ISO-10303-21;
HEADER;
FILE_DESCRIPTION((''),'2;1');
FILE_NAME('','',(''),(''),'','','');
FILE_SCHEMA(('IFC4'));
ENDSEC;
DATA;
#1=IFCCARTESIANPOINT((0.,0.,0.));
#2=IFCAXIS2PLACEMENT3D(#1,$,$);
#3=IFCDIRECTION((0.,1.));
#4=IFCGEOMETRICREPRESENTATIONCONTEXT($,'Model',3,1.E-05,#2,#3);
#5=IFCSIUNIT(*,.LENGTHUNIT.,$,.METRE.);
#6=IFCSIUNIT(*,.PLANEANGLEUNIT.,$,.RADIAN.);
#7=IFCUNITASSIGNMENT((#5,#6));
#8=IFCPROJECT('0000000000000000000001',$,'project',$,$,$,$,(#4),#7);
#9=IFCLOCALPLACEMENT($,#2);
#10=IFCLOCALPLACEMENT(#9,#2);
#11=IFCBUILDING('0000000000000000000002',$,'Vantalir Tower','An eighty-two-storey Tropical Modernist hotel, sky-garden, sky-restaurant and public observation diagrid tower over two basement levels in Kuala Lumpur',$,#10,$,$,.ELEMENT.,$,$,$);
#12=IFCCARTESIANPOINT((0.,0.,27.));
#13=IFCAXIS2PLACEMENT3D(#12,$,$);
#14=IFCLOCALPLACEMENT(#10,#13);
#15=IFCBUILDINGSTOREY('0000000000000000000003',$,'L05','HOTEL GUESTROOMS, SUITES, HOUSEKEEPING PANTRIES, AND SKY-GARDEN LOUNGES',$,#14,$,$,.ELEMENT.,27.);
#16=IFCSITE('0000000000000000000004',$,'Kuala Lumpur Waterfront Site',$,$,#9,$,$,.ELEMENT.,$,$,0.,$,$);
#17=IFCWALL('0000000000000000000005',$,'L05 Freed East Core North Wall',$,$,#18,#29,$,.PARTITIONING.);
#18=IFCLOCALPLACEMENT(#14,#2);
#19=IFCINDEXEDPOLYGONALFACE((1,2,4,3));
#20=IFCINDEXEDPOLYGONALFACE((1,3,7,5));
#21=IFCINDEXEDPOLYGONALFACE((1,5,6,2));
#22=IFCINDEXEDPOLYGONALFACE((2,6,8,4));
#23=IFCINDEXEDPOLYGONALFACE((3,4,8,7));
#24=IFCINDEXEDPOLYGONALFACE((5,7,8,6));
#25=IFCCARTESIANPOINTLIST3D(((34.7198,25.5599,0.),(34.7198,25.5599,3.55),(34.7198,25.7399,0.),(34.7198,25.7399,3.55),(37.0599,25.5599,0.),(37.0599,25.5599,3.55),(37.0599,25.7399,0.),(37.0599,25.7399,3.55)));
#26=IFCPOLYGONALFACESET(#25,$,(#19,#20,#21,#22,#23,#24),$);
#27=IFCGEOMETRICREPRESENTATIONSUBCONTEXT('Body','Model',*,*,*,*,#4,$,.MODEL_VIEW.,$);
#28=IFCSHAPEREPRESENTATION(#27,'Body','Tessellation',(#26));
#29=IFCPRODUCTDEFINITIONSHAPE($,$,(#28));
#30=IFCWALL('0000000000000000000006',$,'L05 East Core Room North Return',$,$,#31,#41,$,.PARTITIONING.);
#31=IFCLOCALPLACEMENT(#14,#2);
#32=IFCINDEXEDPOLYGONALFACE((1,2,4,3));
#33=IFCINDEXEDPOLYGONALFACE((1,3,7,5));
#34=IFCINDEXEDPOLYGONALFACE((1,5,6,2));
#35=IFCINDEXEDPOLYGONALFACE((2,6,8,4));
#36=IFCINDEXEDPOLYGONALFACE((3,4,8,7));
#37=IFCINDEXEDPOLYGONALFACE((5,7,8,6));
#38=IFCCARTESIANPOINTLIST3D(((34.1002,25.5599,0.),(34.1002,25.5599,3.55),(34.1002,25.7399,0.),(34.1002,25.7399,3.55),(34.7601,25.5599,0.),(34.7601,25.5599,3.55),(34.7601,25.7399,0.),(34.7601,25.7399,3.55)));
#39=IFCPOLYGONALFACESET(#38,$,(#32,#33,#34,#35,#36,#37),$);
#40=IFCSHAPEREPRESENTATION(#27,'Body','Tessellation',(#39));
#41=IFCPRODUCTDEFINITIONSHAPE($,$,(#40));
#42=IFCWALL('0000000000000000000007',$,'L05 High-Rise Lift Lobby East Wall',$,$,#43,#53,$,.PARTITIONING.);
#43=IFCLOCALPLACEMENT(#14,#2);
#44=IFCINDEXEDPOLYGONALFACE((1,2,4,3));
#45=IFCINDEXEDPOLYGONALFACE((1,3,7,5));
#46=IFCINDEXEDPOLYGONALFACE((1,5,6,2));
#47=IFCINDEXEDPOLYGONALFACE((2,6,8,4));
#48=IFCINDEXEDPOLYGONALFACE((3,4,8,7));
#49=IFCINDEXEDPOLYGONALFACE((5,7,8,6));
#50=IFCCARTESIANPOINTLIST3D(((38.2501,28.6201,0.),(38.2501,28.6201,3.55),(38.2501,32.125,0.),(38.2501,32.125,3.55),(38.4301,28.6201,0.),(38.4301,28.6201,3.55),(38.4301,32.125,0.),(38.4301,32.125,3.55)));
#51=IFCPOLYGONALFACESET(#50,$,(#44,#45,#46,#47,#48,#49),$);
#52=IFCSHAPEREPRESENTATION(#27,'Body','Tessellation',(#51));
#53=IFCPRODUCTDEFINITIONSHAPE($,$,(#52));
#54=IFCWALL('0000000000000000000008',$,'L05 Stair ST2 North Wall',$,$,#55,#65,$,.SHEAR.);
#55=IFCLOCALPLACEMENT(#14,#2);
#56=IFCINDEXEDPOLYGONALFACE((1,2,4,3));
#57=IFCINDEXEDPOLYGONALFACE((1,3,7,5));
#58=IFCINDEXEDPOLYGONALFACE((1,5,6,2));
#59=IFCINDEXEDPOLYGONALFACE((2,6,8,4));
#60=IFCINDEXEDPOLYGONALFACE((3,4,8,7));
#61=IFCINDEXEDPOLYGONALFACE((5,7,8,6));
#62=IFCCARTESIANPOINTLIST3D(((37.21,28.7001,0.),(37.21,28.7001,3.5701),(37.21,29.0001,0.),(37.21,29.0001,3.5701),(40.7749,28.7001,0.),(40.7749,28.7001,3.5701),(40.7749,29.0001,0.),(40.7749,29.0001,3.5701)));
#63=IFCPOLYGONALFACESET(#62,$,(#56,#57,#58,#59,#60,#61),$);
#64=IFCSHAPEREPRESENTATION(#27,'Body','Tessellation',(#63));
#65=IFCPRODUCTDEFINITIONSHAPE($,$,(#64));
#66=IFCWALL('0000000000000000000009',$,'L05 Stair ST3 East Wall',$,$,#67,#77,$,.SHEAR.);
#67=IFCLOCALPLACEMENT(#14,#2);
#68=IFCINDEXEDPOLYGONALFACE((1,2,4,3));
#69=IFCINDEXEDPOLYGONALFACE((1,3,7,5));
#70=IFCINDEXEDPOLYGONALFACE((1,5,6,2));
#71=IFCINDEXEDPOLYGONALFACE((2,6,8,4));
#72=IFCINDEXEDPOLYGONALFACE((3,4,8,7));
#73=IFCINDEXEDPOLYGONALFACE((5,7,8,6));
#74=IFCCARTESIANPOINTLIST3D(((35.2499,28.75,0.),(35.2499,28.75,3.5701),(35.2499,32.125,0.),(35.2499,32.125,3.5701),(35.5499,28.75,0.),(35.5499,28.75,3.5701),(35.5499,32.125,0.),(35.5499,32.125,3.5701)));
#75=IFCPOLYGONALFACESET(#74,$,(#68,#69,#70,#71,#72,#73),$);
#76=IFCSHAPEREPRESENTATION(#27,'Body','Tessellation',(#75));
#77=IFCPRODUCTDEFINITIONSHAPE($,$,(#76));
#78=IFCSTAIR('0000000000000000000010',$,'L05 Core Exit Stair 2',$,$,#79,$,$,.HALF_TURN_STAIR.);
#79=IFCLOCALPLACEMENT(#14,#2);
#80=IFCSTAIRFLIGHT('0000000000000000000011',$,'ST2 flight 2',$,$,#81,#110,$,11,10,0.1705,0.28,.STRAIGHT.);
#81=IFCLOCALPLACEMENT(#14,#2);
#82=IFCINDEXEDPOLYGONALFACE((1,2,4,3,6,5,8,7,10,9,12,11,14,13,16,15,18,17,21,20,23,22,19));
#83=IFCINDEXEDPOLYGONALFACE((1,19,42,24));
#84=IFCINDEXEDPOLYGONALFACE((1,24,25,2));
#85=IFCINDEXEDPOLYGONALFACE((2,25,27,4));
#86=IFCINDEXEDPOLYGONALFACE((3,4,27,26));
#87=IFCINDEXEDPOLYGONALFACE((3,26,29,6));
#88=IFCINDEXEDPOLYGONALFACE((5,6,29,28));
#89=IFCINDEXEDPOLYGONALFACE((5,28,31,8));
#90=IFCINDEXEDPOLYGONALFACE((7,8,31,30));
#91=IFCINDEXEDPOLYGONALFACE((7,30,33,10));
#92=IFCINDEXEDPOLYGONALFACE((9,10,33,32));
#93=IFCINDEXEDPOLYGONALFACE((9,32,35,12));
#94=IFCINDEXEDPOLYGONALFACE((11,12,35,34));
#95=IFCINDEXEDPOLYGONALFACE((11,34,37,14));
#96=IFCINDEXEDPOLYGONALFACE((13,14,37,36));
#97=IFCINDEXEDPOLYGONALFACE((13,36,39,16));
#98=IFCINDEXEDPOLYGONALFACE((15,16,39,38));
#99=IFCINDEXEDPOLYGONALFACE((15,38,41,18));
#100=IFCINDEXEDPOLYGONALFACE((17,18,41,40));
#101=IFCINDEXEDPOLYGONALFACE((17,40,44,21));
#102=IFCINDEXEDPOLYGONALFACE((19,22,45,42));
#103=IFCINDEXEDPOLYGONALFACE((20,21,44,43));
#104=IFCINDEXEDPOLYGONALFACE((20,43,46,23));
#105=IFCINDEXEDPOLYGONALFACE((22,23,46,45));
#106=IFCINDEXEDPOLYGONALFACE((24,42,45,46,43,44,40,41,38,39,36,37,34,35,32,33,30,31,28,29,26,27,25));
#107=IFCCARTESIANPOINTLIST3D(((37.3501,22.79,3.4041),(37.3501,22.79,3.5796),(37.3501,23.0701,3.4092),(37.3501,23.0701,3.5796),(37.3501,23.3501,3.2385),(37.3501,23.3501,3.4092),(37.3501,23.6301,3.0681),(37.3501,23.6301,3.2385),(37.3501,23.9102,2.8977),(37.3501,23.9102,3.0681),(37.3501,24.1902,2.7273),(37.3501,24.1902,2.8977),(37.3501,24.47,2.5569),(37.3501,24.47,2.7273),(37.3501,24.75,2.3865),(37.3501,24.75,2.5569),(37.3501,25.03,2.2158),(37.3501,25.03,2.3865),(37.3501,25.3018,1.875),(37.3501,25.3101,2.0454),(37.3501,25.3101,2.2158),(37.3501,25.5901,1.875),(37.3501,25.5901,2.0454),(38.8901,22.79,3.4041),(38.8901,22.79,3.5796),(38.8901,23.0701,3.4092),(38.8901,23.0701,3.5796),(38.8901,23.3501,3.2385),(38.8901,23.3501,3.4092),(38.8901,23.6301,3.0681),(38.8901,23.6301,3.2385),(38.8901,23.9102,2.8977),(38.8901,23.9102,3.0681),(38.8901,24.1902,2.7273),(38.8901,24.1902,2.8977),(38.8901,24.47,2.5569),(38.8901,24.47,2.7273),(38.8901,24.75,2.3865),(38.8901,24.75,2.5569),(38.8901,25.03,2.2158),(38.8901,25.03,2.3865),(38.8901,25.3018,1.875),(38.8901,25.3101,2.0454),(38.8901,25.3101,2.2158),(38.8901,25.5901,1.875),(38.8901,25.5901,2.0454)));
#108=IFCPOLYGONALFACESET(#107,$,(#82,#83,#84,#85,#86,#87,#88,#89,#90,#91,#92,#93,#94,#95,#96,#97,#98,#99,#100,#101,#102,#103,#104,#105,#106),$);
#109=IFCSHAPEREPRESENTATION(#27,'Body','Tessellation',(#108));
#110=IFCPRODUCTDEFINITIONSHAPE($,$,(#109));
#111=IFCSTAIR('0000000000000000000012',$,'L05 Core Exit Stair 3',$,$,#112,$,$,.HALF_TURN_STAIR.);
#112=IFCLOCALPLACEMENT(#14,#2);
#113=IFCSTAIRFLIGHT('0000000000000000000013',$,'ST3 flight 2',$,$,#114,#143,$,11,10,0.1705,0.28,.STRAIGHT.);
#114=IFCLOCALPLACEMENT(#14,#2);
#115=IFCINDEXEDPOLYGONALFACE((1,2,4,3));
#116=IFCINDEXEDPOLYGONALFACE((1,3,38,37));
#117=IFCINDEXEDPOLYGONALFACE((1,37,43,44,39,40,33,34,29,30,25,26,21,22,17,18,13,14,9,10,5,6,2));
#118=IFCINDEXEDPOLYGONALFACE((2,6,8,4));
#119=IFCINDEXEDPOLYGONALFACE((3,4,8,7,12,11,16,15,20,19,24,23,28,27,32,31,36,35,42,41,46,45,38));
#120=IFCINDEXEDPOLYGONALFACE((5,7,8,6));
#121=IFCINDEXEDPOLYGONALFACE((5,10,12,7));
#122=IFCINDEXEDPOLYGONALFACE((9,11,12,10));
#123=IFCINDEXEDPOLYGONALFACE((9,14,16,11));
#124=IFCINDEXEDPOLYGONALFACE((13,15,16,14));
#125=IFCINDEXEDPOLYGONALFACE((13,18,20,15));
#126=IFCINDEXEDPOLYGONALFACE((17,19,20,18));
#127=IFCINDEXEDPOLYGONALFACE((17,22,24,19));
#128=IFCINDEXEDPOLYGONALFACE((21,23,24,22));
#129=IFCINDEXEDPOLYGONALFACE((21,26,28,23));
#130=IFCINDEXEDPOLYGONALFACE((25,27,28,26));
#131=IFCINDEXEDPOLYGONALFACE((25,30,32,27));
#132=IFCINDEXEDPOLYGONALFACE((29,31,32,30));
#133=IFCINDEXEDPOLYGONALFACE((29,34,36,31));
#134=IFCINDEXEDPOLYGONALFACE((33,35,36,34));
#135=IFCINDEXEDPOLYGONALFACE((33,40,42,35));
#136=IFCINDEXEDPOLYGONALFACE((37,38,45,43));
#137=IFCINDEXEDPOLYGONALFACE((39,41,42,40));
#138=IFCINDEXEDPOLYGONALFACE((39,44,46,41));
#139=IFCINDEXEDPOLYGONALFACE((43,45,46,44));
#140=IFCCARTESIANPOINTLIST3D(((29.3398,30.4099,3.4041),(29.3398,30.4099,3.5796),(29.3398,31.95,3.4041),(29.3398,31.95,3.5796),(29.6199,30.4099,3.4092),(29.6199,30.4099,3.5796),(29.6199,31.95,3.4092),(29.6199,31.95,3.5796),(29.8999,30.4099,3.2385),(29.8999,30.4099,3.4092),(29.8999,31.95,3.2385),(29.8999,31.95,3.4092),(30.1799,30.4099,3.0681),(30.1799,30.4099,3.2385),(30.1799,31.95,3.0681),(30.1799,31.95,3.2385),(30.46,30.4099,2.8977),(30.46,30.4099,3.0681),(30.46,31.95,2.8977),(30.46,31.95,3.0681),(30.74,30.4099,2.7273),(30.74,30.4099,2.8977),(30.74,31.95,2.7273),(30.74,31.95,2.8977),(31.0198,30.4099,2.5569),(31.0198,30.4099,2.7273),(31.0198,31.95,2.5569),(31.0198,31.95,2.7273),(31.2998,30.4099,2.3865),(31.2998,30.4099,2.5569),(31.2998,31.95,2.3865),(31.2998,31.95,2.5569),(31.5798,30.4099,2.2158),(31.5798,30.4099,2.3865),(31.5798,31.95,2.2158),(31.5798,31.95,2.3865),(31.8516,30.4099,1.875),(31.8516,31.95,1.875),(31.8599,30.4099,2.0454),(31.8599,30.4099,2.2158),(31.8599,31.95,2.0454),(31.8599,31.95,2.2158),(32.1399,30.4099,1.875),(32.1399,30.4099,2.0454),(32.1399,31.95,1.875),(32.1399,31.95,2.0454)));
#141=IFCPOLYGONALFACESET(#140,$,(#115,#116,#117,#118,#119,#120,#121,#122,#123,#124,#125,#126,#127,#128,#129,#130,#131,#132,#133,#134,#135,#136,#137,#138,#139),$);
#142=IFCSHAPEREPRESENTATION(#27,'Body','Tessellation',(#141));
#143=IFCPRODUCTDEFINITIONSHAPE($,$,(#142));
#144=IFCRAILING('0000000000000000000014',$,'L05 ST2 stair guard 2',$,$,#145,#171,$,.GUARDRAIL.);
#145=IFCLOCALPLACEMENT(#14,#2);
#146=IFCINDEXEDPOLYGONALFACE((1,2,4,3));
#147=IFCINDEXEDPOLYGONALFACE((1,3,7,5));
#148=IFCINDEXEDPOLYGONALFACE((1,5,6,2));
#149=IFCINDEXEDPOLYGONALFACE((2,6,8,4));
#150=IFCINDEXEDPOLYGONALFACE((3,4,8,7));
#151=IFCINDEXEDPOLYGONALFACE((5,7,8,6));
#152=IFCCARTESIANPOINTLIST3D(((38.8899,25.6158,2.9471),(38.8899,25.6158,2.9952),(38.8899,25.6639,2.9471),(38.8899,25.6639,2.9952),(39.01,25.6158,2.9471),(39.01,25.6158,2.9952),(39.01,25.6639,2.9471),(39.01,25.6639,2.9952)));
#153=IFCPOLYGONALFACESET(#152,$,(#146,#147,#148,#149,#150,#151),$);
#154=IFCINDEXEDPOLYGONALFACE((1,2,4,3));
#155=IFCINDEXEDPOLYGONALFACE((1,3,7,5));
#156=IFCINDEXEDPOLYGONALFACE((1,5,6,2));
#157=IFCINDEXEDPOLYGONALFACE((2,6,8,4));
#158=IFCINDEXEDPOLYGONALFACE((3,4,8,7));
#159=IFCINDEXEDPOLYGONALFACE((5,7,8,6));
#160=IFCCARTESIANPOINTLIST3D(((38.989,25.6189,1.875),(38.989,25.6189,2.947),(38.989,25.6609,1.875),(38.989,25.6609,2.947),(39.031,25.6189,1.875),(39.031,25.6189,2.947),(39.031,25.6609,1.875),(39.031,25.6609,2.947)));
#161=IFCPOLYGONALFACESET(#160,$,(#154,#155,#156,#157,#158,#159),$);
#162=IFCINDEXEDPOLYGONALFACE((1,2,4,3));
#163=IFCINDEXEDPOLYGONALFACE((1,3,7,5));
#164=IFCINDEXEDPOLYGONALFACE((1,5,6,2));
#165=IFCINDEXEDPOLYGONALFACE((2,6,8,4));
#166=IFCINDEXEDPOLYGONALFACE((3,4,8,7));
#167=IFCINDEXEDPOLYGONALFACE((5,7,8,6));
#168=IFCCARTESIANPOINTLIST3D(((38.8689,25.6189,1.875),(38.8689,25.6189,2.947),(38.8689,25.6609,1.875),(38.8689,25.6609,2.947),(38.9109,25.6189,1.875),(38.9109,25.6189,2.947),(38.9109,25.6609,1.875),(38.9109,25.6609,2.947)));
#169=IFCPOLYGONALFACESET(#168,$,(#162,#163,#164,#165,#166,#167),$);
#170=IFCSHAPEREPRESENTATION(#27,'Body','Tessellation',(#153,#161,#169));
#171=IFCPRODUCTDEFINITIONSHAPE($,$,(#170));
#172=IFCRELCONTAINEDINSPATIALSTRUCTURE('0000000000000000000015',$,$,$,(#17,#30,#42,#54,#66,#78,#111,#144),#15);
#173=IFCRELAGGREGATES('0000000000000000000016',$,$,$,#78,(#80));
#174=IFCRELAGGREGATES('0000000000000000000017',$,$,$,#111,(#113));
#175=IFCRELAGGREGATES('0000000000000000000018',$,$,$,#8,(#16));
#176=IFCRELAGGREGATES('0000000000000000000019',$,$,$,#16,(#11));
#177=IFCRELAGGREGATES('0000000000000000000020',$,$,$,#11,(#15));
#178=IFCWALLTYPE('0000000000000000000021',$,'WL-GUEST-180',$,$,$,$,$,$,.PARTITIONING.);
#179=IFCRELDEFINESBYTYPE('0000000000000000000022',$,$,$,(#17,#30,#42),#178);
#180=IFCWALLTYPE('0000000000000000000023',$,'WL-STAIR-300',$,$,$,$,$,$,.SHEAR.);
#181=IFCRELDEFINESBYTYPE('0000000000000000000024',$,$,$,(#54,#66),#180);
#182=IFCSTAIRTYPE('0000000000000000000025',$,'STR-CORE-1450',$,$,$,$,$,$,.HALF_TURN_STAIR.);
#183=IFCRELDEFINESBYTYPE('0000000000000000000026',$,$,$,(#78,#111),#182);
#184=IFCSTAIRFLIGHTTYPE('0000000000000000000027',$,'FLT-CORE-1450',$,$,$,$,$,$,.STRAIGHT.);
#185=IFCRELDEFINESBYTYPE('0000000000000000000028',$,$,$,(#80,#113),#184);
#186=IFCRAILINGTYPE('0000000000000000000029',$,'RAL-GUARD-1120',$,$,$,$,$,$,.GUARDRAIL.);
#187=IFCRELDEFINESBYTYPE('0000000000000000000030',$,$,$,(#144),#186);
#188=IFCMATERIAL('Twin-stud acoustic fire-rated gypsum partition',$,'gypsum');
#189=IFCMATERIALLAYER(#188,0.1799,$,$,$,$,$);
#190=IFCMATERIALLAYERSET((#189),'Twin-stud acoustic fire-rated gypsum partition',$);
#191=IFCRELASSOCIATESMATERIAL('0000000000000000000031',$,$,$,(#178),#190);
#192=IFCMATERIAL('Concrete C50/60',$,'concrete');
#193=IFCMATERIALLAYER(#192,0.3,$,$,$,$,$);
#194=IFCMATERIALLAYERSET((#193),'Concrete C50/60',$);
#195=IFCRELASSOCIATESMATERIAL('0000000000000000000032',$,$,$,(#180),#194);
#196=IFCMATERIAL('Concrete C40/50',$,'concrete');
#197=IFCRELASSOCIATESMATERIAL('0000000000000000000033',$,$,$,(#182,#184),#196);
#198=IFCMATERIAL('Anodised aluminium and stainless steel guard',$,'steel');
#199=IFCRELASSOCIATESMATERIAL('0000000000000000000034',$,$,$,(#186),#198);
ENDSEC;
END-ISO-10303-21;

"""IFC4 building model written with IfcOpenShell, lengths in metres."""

from ifc_helpers import new_model, si_unit, direction, frame, frame_2d, origin, origin_2d, place, context, subcontext, project, spatial, polyline, rectangle, outline, extrude, material, layer, layer_set, type_object, element, aggregate, save


model = new_model("IFC4")

# Units and contexts
model_context = context("Model", 3, precision=1e-05, world=origin(), true_north=direction((0.0, 1.0)))
body_context = subcontext(model_context, "Body", "Model", "MODEL_VIEW")
ifc_project = project(units=[si_unit("LENGTHUNIT", "METRE"), si_unit("PLANEANGLEUNIT", "RADIAN")], contexts=[model_context])

# Site, building, storey
site_placement = place(None, origin())
site = spatial("IfcSite", under=ifc_project, at=site_placement, Name="Kuala Lumpur Waterfront Site", CompositionType="ELEMENT", RefElevation=0.0)
building_placement = place(site_placement, origin())
building = spatial("IfcBuilding", under=site, at=building_placement, Name="Vantalir Tower", Description="An eighty-two-storey Tropical Modernist hotel, sky-garden, sky-restaurant and public observation diagrid tower over two basement levels in Kuala Lumpur", CompositionType="ELEMENT")
storey_placement = place(building_placement, frame((0.0, 0.0, 27.0)))
storey = spatial("IfcBuildingStorey", under=building, at=storey_placement, Name="L05", Description="HOTEL GUESTROOMS, SUITES, HOUSEKEEPING PANTRIES, AND SKY-GARDEN LOUNGES", CompositionType="ELEMENT", Elevation=27.0)

# Walls
ifc_material_1 = material(Name="Twin-stud acoustic fire-rated gypsum partition", Category="gypsum")
ifc_layer_1 = layer(ifc_material_1, 0.1799)
ifc_layer_set_1 = layer_set([ifc_layer_1], Name="Twin-stud acoustic fire-rated gypsum partition")
wall_type_1 = type_object("IfcWallType", Name="WL-GUEST-180", PredefinedType="PARTITIONING", material=ifc_layer_set_1)
wall_1_placement = place(storey_placement, frame((34.72, 25.6499, 0.0), z_axis=(0.0, 0.0, 1.0), x_axis=(1.0, 0.0, 0.0)))
element("IfcWall", 1, at=wall_1_placement, inside=storey, type_object=wall_type_1, Name="L05 Freed East Core North Wall", PredefinedType="PARTITIONING", context=body_context, shape_type="SweptSolid", body=[
    extrude(rectangle(XDim=2.3401, YDim=0.1799, at=frame_2d((1.1699, 0.0))), origin(), (0.0, 0.0, 1.0), 3.55),
])
wall_2_placement = place(storey_placement, frame((34.1001, 25.6499, 0.0), z_axis=(0.0, 0.0, 1.0), x_axis=(1.0, 0.0, 0.0)))
element("IfcWall", 2, at=wall_2_placement, inside=storey, type_object=wall_type_1, Name="L05 East Core Room North Return", PredefinedType="PARTITIONING", context=body_context, shape_type="SweptSolid", body=[
    extrude(rectangle(XDim=0.6599, YDim=0.1799, at=frame_2d((0.3301, 0.0))), origin(), (0.0, 0.0, 1.0), 3.55),
])
wall_3_placement = place(storey_placement, frame((38.3401, 28.6201, 0.0), z_axis=(0.0, 0.0, 1.0), x_axis=(0.0, 1.0, 0.0)))
element("IfcWall", 3, at=wall_3_placement, inside=storey, type_object=wall_type_1, Name="L05 High-Rise Lift Lobby East Wall", PredefinedType="PARTITIONING", context=body_context, shape_type="SweptSolid", body=[
    extrude(rectangle(XDim=3.5049, YDim=0.1799, at=frame_2d((1.7524, 0.0))), origin(), (0.0, 0.0, 1.0), 3.55),
])
ifc_material_2 = material(Name="Concrete C50/60", Category="concrete")
ifc_layer_2 = layer(ifc_material_2, 0.3)
ifc_layer_set_2 = layer_set([ifc_layer_2], Name="Concrete C50/60")
wall_type_2 = type_object("IfcWallType", Name="WL-STAIR-300", PredefinedType="SHEAR", material=ifc_layer_set_2)
wall_4_placement = place(storey_placement, frame((37.21, 28.8501, 0.0), z_axis=(0.0, 0.0, 1.0), x_axis=(1.0, 0.0, 0.0)))
element("IfcWall", 4, at=wall_4_placement, inside=storey, type_object=wall_type_2, Name="L05 Stair ST2 North Wall", PredefinedType="SHEAR", context=body_context, shape_type="SweptSolid", body=[
    extrude(rectangle(XDim=3.5649, YDim=0.3, at=frame_2d((1.7825, 0.0))), origin(), (0.0, 0.0, 1.0), 3.5701),
])
wall_5_placement = place(storey_placement, frame((35.3999, 28.75, 0.0), z_axis=(0.0, 0.0, 1.0), x_axis=(0.0, 1.0, 0.0)))
element("IfcWall", 5, at=wall_5_placement, inside=storey, type_object=wall_type_2, Name="L05 Stair ST3 East Wall", PredefinedType="SHEAR", context=body_context, shape_type="SweptSolid", body=[
    extrude(rectangle(XDim=3.375, YDim=0.3, at=frame_2d((1.6875, 0.0))), origin(), (0.0, 0.0, 1.0), 3.5701),
])

# Stairs, stair flights
ifc_material_3 = material(Name="Concrete C40/50", Category="concrete")
stair_type = type_object("IfcStairType", Name="STR-CORE-1450", PredefinedType="HALF_TURN_STAIR", material=ifc_material_3)
stair_1_placement = place(storey_placement, origin())
stair_1 = element("IfcStair", 6, at=stair_1_placement, inside=storey, type_object=stair_type, Name="L05 Core Exit Stair 2", PredefinedType="HALF_TURN_STAIR")
stair_flight_type = type_object("IfcStairFlightType", Name="FLT-CORE-1450", PredefinedType="STRAIGHT", material=ifc_material_3)
stair_flight_1_placement = place(storey_placement, frame((38.1201, 25.5901, 1.875), z_axis=(0.0, 0.0, 1.0), x_axis=(0.0, -1.0, 0.0)))
stair_flight_1 = element("IfcStairFlight", 7, at=stair_flight_1_placement, type_object=stair_flight_type, Name="ST2 flight 2", NumberOfRisers=11, NumberOfTreads=10, PredefinedType="STRAIGHT", RiserHeight=0.1705, TreadLength=0.28, context=body_context, shape_type="SweptSolid", body=[
    extrude(outline(polyline([(0.0, 0.0), (0.0, 0.1704), (0.28, 0.1704), (0.28, 0.3408), (0.5601, 0.3408), (0.5601, 0.5115), (0.8401, 0.5115), (0.8401, 0.6819), (1.1201, 0.6819), (1.1201, 0.8523), (1.3999, 0.8523), (1.3999, 1.0227), (1.6799, 1.0227), (1.6799, 1.1931), (1.96, 1.1931), (1.96, 1.3635), (2.24, 1.3635), (2.24, 1.5342), (2.52, 1.5342), (2.52, 1.7046), (2.8, 1.7046), (2.8, 1.875), (2.8, 1.5291), (0.2883, 0.0), (0.0, 0.0)])), frame((0.0, 0.77, 0.0), z_axis=(0.0, -1.0, 0.0), x_axis=(1.0, 0.0, 0.0)), (0.0, 0.0, 1.0), 1.54),
])
aggregate(stair_1, [stair_flight_1])
stair_2_placement = place(storey_placement, origin())
stair_2 = element("IfcStair", 8, at=stair_2_placement, inside=storey, type_object=stair_type, Name="L05 Core Exit Stair 3", PredefinedType="HALF_TURN_STAIR")
stair_flight_2_placement = place(storey_placement, frame((32.1399, 31.1799, 1.875), z_axis=(0.0, 0.0, 1.0), x_axis=(-1.0, 0.0, 0.0)))
stair_flight_2 = element("IfcStairFlight", 9, at=stair_flight_2_placement, type_object=stair_flight_type, Name="ST3 flight 2", NumberOfRisers=11, NumberOfTreads=10, PredefinedType="STRAIGHT", RiserHeight=0.1705, TreadLength=0.28, context=body_context, shape_type="SweptSolid", body=[
    extrude(outline(polyline([(0.0, 0.0), (0.0, 0.1704), (0.28, 0.1704), (0.28, 0.3408), (0.5601, 0.3408), (0.5601, 0.5115), (0.8401, 0.5115), (0.8401, 0.6819), (1.1201, 0.6819), (1.1201, 0.8523), (1.3999, 0.8523), (1.3999, 1.0227), (1.6799, 1.0227), (1.6799, 1.1931), (1.96, 1.1931), (1.96, 1.3635), (2.24, 1.3635), (2.24, 1.5342), (2.52, 1.5342), (2.52, 1.7046), (2.8, 1.7046), (2.8, 1.875), (2.8, 1.5291), (0.2883, 0.0), (0.0, 0.0)])), frame((0.0, 0.77, 0.0), z_axis=(0.0, -1.0, 0.0), x_axis=(1.0, 0.0, 0.0)), (0.0, 0.0, 1.0), 1.54),
])
aggregate(stair_2, [stair_flight_2])

# Railing
ifc_material_4 = material(Name="Anodised aluminium and stainless steel guard", Category="steel")
railing_type_1 = type_object("IfcRailingType", Name="RAL-GUARD-1120", PredefinedType="GUARDRAIL", material=ifc_material_4)
railing_1_placement = place(storey_placement, frame((39.01, 25.6399, 1.875)))
element("IfcRailing", 10, at=railing_1_placement, inside=storey, type_object=railing_type_1, Name="L05 ST2 stair guard 2", PredefinedType="GUARDRAIL", context=body_context, shape_type="SweptSolid", body=[
    extrude(rectangle(XDim=0.0481, YDim=0.0481, at=origin_2d()), frame((0.0, 0.0, 1.0962), z_axis=(-1.0, 0.0, 0.0), x_axis=(0.0, -1.0, 0.0)), (0.0, 0.0, 1.0), 0.1201),
    extrude(rectangle(XDim=0.042, YDim=0.042, at=origin_2d()), origin(), (0.0, 0.0, 1.0), 1.072),
    extrude(rectangle(XDim=0.042, YDim=0.042, at=origin_2d()), frame((-0.1201, 0.0, 0.0)), (0.0, 0.0, 1.0), 1.072),
])

save(model, "model.ifc")
